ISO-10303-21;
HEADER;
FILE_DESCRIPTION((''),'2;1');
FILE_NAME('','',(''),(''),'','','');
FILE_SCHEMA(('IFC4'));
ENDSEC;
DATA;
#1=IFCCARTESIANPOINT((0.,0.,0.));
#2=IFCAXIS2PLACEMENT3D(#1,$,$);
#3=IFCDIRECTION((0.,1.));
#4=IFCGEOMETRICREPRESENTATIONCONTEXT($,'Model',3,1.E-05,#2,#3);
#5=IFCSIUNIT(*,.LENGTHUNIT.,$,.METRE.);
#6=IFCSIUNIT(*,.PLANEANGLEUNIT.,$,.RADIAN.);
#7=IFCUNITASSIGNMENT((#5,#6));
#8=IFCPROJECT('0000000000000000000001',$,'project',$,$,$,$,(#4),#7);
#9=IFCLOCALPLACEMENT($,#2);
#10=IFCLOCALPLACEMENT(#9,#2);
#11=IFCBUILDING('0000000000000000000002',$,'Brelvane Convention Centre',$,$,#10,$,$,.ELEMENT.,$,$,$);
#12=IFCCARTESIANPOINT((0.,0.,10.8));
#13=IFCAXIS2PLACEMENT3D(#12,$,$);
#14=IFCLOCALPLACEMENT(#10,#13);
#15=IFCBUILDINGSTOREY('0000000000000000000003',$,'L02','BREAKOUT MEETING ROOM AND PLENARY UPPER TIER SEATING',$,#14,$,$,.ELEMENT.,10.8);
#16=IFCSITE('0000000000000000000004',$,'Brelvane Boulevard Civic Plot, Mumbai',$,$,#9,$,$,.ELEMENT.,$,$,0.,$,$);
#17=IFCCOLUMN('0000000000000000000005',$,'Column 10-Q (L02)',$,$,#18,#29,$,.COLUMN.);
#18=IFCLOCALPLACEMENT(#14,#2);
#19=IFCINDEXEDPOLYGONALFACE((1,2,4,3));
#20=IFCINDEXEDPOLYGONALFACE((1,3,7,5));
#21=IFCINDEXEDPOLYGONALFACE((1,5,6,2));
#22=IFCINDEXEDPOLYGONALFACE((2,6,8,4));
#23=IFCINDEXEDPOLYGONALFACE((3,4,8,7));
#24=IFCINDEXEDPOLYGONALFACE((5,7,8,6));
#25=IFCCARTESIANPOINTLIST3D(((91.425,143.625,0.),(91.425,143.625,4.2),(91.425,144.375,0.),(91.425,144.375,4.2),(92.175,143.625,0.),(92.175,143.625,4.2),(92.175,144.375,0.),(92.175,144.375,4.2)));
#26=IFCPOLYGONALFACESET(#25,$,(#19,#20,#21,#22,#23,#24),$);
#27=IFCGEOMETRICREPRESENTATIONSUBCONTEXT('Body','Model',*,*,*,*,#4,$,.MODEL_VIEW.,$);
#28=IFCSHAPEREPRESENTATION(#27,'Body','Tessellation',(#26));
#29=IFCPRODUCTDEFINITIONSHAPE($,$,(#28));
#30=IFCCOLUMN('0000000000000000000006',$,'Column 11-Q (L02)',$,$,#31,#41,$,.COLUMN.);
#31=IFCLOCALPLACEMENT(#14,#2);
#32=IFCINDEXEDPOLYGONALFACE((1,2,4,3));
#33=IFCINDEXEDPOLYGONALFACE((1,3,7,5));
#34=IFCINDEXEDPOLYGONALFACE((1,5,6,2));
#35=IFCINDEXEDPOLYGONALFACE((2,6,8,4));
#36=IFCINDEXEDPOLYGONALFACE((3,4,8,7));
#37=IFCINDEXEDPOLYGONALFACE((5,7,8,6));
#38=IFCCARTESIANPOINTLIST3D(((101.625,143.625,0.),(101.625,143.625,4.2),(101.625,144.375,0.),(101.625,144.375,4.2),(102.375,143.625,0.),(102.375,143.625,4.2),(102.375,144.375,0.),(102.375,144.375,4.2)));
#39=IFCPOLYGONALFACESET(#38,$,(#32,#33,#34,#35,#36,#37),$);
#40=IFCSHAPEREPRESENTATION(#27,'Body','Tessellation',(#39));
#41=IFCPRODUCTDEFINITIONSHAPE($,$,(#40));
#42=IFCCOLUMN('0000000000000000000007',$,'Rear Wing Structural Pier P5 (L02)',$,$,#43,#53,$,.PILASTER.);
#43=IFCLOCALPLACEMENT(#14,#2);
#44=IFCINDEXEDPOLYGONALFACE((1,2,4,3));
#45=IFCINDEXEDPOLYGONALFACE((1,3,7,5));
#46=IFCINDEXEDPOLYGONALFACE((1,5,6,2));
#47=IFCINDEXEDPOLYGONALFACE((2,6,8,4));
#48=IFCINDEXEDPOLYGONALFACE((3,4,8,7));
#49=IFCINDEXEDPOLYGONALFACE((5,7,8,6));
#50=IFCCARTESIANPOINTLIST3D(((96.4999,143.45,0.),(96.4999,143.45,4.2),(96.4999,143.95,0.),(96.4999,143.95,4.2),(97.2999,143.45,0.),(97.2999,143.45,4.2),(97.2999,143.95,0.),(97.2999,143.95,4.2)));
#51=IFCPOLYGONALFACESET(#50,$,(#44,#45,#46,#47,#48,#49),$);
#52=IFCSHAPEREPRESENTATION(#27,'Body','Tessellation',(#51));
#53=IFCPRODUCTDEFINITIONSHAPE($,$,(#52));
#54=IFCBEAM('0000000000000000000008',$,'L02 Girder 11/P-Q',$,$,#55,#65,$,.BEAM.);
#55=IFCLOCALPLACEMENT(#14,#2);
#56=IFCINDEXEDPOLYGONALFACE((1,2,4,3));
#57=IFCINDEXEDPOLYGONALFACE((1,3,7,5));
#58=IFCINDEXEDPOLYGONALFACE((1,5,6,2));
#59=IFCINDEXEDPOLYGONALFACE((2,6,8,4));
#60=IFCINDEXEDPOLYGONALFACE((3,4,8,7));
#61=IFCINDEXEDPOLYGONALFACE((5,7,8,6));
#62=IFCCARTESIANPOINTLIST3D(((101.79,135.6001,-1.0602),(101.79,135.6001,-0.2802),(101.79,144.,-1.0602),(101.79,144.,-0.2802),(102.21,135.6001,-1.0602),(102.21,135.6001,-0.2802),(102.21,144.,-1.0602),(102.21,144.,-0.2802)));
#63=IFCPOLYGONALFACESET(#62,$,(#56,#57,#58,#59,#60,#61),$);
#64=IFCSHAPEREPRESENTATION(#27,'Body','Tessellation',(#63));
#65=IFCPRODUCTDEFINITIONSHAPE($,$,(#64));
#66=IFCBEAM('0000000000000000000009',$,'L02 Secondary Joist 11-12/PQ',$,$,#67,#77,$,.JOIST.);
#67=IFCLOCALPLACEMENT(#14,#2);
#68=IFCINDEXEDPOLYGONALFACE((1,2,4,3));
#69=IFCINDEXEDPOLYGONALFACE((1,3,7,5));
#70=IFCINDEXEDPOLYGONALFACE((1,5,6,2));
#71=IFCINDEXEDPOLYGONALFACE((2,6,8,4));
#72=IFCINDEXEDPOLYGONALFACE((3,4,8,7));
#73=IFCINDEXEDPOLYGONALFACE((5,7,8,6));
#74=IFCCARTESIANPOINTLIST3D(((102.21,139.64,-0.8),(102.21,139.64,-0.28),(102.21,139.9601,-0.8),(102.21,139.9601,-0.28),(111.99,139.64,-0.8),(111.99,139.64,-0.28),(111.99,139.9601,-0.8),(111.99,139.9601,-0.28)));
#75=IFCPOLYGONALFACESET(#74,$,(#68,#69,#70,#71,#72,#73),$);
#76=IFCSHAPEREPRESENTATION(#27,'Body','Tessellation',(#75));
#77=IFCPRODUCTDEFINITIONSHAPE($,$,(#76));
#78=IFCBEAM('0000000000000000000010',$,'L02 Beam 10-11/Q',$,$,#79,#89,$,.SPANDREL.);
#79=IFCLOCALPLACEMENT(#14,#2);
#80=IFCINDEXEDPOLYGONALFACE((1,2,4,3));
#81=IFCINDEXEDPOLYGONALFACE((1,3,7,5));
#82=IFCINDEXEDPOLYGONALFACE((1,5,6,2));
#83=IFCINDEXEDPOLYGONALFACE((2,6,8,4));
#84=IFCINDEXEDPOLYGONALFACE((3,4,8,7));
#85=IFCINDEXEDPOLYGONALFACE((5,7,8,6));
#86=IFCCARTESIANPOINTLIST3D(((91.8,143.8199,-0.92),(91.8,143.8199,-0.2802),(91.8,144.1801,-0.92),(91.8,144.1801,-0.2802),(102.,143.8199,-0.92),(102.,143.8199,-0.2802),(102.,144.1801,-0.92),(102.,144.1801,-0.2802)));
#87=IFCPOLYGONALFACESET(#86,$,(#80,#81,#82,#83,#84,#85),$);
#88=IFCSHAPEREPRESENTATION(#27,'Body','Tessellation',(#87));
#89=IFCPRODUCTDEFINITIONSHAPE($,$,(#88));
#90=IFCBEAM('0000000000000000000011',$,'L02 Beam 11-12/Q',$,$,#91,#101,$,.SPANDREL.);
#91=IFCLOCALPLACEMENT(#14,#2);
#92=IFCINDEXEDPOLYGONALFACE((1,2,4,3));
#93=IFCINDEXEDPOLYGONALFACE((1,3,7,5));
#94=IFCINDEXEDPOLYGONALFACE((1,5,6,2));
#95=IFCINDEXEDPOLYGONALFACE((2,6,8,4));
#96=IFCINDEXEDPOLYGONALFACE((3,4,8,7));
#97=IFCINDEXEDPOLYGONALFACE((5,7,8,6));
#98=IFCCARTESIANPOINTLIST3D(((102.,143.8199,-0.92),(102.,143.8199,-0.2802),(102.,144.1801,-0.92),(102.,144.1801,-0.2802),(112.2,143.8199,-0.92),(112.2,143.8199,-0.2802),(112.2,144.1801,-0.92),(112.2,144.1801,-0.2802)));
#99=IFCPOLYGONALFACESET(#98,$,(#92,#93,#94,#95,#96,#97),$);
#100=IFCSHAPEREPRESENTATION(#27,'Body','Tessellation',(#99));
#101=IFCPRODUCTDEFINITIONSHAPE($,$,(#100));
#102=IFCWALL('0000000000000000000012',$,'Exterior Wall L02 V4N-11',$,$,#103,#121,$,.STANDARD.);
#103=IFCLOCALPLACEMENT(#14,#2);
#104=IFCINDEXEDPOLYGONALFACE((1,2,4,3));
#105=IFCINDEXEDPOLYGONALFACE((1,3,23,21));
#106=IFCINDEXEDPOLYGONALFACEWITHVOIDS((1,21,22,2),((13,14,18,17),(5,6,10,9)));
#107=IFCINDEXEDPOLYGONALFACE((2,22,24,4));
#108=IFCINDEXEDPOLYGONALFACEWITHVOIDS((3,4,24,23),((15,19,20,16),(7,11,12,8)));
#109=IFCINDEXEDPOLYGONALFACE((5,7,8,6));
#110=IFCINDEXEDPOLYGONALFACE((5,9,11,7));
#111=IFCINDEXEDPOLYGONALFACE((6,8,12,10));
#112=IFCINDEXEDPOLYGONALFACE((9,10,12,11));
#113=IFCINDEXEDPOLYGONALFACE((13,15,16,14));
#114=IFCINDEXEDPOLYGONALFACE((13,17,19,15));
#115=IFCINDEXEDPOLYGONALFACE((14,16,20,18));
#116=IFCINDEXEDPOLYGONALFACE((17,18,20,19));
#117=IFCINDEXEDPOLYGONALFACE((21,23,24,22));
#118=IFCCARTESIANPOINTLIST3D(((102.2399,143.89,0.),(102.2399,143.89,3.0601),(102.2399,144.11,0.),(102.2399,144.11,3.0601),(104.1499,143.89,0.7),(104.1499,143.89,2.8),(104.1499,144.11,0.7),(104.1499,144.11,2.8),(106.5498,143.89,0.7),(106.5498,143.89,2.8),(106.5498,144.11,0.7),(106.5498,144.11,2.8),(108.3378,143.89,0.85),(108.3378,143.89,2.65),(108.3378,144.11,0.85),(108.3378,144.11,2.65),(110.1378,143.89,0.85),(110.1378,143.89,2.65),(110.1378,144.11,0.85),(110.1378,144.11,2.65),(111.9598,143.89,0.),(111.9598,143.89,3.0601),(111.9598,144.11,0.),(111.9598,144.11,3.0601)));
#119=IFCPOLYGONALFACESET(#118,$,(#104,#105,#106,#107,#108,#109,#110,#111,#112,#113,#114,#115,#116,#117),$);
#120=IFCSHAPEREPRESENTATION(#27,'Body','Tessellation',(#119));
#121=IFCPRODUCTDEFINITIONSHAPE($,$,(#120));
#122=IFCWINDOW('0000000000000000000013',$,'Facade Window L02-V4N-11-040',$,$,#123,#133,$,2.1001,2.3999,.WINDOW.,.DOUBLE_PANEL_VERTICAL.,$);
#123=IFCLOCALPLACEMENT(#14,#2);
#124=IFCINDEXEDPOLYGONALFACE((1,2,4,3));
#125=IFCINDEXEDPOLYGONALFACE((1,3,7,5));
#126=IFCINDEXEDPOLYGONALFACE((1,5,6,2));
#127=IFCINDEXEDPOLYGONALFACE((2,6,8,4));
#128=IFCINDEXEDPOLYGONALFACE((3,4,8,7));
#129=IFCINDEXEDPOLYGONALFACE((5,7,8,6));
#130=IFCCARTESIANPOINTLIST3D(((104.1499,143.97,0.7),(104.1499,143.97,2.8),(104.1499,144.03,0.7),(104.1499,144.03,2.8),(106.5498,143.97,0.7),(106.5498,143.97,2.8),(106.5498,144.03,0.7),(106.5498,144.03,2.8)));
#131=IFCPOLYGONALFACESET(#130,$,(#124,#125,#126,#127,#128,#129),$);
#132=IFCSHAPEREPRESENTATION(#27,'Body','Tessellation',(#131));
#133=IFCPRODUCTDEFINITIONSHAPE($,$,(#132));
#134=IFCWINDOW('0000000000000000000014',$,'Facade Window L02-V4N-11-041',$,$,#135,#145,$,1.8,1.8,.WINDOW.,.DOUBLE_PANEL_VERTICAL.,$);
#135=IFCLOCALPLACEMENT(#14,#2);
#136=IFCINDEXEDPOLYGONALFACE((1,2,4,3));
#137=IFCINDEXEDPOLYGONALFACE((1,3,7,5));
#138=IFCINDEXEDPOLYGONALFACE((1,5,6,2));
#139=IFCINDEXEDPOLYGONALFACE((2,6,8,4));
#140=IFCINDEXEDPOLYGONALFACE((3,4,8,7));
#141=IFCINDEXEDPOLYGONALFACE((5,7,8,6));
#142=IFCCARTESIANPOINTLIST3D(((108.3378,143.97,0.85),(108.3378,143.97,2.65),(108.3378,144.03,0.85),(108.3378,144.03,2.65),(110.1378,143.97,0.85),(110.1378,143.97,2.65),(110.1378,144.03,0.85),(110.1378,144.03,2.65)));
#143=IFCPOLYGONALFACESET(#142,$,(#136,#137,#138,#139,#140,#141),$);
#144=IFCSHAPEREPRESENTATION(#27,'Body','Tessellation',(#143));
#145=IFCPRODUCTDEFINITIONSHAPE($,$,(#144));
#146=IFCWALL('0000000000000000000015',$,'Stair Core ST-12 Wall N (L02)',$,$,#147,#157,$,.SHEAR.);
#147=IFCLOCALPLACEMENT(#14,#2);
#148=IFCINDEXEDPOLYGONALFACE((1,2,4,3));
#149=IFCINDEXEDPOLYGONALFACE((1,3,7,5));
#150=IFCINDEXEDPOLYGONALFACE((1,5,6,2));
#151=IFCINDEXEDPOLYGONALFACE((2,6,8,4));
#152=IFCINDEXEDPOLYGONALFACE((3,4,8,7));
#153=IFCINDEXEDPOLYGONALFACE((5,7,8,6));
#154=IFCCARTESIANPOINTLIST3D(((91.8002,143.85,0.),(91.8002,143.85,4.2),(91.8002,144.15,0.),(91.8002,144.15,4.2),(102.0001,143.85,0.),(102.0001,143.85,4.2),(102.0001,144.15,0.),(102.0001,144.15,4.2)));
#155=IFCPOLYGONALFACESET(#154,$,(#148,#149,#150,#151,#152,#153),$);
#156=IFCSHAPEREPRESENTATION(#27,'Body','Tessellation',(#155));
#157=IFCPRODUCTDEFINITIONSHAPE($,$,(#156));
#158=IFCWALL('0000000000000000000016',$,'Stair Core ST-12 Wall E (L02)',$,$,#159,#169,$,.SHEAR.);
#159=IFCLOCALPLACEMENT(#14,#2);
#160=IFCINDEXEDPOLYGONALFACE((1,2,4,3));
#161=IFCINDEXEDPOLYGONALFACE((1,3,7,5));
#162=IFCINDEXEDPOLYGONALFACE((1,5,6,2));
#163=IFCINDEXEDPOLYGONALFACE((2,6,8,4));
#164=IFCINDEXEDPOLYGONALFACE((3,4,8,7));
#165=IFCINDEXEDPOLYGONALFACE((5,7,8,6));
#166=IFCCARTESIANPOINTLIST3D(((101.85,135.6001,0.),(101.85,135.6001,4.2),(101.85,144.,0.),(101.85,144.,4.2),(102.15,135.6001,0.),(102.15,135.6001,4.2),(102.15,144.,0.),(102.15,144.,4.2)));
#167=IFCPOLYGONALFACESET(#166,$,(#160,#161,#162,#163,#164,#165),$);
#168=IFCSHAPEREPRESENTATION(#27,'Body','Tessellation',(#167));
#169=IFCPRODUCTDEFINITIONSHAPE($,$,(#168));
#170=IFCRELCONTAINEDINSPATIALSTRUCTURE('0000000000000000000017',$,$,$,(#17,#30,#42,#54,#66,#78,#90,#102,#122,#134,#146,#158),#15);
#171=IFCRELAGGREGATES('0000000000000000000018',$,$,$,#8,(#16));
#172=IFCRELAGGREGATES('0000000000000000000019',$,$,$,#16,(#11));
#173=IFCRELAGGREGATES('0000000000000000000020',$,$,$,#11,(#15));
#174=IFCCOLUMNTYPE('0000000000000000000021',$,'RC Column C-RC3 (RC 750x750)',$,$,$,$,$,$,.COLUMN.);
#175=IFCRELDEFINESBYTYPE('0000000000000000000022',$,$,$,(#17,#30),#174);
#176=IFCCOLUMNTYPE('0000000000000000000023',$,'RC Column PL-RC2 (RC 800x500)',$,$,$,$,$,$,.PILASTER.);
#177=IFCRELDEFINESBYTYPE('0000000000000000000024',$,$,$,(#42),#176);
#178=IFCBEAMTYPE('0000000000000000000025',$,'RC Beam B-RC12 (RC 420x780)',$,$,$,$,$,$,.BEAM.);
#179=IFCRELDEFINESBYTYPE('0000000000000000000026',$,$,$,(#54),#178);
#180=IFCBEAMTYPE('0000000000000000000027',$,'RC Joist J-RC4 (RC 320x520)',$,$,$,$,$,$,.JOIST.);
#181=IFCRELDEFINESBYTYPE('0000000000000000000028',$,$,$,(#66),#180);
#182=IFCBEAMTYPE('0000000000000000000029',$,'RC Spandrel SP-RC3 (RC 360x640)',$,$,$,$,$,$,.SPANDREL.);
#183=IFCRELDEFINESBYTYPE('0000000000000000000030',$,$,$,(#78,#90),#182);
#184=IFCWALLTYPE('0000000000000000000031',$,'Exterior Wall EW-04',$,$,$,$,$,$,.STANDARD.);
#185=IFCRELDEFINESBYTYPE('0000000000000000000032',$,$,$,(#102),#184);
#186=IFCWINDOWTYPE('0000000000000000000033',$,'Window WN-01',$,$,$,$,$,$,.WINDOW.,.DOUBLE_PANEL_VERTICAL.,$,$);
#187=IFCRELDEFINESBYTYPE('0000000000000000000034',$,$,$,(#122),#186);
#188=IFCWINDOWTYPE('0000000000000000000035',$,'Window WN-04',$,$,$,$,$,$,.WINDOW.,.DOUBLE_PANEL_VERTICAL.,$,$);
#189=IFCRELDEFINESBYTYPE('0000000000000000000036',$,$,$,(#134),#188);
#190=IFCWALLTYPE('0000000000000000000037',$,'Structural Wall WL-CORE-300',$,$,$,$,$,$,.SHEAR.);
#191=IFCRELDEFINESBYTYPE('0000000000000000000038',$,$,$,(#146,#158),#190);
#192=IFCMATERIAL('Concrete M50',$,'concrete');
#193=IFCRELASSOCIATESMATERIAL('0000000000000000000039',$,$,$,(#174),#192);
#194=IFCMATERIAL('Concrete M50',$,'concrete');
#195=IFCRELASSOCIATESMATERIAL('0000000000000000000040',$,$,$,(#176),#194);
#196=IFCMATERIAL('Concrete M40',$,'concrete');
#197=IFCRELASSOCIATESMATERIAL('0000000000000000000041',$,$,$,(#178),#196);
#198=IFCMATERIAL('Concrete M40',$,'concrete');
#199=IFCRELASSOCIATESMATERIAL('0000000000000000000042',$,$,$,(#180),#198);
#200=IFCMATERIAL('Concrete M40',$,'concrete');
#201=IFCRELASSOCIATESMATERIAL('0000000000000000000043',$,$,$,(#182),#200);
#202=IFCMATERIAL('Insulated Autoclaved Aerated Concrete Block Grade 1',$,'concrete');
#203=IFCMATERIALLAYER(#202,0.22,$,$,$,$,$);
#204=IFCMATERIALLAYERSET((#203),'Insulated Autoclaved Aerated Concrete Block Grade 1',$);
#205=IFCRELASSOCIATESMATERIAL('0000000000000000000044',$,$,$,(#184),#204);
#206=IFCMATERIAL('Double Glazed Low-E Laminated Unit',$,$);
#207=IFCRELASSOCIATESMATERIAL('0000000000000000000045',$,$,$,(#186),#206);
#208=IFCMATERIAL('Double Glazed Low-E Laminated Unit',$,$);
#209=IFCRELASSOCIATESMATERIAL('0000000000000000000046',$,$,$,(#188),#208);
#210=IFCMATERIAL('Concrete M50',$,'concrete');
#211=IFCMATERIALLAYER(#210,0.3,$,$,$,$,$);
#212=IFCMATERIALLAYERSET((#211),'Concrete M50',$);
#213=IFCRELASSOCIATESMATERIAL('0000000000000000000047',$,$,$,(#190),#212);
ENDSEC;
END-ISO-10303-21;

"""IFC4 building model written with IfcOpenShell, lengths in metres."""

from ifc_helpers import new_model, si_unit, direction, frame, frame_2d, origin, origin_2d, place, context, subcontext, project, spatial, rectangle, extrude, material, layer, layer_set, material_profile, profile_set, type_object, element, fill, save


model = new_model("IFC4")

# Units and contexts
model_context = context("Model", 3, precision=1e-05, world=origin(), true_north=direction((0.0, 1.0)))
body_context = subcontext(model_context, "Body", "Model", "MODEL_VIEW")
ifc_project = project(units=[si_unit("LENGTHUNIT", "METRE"), si_unit("PLANEANGLEUNIT", "RADIAN")], contexts=[model_context])

# Site, building, storey
site_placement = place(None, origin())
site = spatial("IfcSite", under=ifc_project, at=site_placement, Name="Brelvane Boulevard Civic Plot, Mumbai", CompositionType="ELEMENT", RefElevation=0.0)
building_placement = place(site_placement, origin())
building = spatial("IfcBuilding", under=site, at=building_placement, Name="Brelvane Convention Centre", CompositionType="ELEMENT")
storey_placement = place(building_placement, frame((0.0, 0.0, 10.8)))
storey = spatial("IfcBuildingStorey", under=building, at=storey_placement, Name="L02", Description="BREAKOUT MEETING ROOM AND PLENARY UPPER TIER SEATING", CompositionType="ELEMENT", Elevation=10.8)

# Columns
ifc_material_1 = material(Name="Concrete M50", Category="concrete")
ifc_material_profile_1 = material_profile(ifc_material_1, rectangle(XDim=0.75, YDim=0.75, at=origin_2d()), Name="RC 750x750")
ifc_profile_set_1 = profile_set([ifc_material_profile_1], Name="Concrete M50")
column_type_1 = type_object("IfcColumnType", Name="RC Column C-RC3 (RC 750x750)", PredefinedType="COLUMN", material=ifc_profile_set_1)
for number, where, z_axis, x_axis, name in (
    (1, (91.8, 144.0, 0.0), (0.0, 0.0, 1.0), (1.0, 0.0, 0.0), "Column 10-Q (L02)"),
    (2, (102.0, 144.0, 0.0), (0.0, 0.0, 1.0), (1.0, 0.0, 0.0), "Column 11-Q (L02)"),
):
    element("IfcColumn", number, at=place(storey_placement, frame(where, z_axis=z_axis, x_axis=x_axis)), inside=storey, type_object=column_type_1, Name=name, PredefinedType="COLUMN", context=body_context, shape_type="SweptSolid", body=[
        extrude(rectangle(XDim=0.75, YDim=0.75, at=origin_2d()), origin(), (0.0, 0.0, 1.0), 4.2),
    ])
ifc_material_2 = material(Name="Concrete M50", Category="concrete")
ifc_material_profile_2 = material_profile(ifc_material_2, rectangle(XDim=0.8, YDim=0.5, at=origin_2d()), Name="RC 800x500")
ifc_profile_set_2 = profile_set([ifc_material_profile_2], Name="Concrete M50")
column_type_2 = type_object("IfcColumnType", Name="RC Column PL-RC2 (RC 800x500)", PredefinedType="PILASTER", material=ifc_profile_set_2)
column_placement = place(storey_placement, frame((96.8999, 143.7, 0.0), z_axis=(0.0, 0.0, 1.0), x_axis=(1.0, 0.0, 0.0)))
element("IfcColumn", 3, at=column_placement, inside=storey, type_object=column_type_2, Name="Rear Wing Structural Pier P5 (L02)", PredefinedType="PILASTER", context=body_context, shape_type="SweptSolid", body=[
    extrude(rectangle(XDim=0.8, YDim=0.5, at=origin_2d()), origin(), (0.0, 0.0, 1.0), 4.2),
])

# Beams
ifc_material_3 = material(Name="Concrete M40", Category="concrete")
ifc_material_profile_3 = material_profile(ifc_material_3, rectangle(XDim=0.4199, YDim=0.78, at=origin_2d()), Name="RC 420x780")
ifc_profile_set_3 = profile_set([ifc_material_profile_3], Name="Concrete M40")
beam_type_1 = type_object("IfcBeamType", Name="RC Beam B-RC12 (RC 420x780)", PredefinedType="BEAM", material=ifc_profile_set_3)
beam_1_placement = place(storey_placement, frame((102.0, 135.6001, -0.6702), z_axis=(0.0, 1.0, 0.0), x_axis=(-1.0, 0.0, 0.0)))
element("IfcBeam", 4, at=beam_1_placement, inside=storey, type_object=beam_type_1, Name="L02 Girder 11/P-Q", PredefinedType="BEAM", context=body_context, shape_type="SweptSolid", body=[
    extrude(rectangle(XDim=0.4199, YDim=0.78, at=origin_2d()), origin(), (0.0, 0.0, 1.0), 8.3999),
])
ifc_material_4 = material(Name="Concrete M40", Category="concrete")
ifc_material_profile_4 = material_profile(ifc_material_4, rectangle(XDim=0.3201, YDim=0.52, at=origin_2d()), Name="RC 320x520")
ifc_profile_set_4 = profile_set([ifc_material_profile_4], Name="Concrete M40")
beam_type_2 = type_object("IfcBeamType", Name="RC Joist J-RC4 (RC 320x520)", PredefinedType="JOIST", material=ifc_profile_set_4)
beam_2_placement = place(storey_placement, frame((102.21, 139.8, -0.54), z_axis=(1.0, 0.0, 0.0), x_axis=(0.0, 1.0, 0.0)))
element("IfcBeam", 5, at=beam_2_placement, inside=storey, type_object=beam_type_2, Name="L02 Secondary Joist 11-12/PQ", PredefinedType="JOIST", context=body_context, shape_type="SweptSolid", body=[
    extrude(rectangle(XDim=0.3201, YDim=0.52, at=origin_2d()), origin(), (0.0, 0.0, 1.0), 9.78),
])
ifc_material_5 = material(Name="Concrete M40", Category="concrete")
ifc_material_profile_5 = material_profile(ifc_material_5, rectangle(XDim=0.3601, YDim=0.6399, at=origin_2d()), Name="RC 360x640")
ifc_profile_set_5 = profile_set([ifc_material_profile_5], Name="Concrete M40")
beam_type_3 = type_object("IfcBeamType", Name="RC Spandrel SP-RC3 (RC 360x640)", PredefinedType="SPANDREL", material=ifc_profile_set_5)
for number, where, z_axis, x_axis, name in (
    (6, (91.8, 144.0, -0.6001), (1.0, 0.0, 0.0), (0.0, 1.0, 0.0), "L02 Beam 10-11/Q"),
    (7, (102.0, 144.0, -0.6001), (1.0, 0.0, 0.0), (0.0, 1.0, 0.0), "L02 Beam 11-12/Q"),
):
    element("IfcBeam", number, at=place(storey_placement, frame(where, z_axis=z_axis, x_axis=x_axis)), inside=storey, type_object=beam_type_3, Name=name, PredefinedType="SPANDREL", context=body_context, shape_type="SweptSolid", body=[
        extrude(rectangle(XDim=0.3601, YDim=0.6399, at=origin_2d()), origin(), (0.0, 0.0, 1.0), 10.2),
    ])

# Wall, openings, windows
ifc_material_6 = material(Name="Insulated Autoclaved Aerated Concrete Block Grade 1", Category="concrete")
ifc_layer_1 = layer(ifc_material_6, 0.22)
ifc_layer_set_1 = layer_set([ifc_layer_1], Name="Insulated Autoclaved Aerated Concrete Block Grade 1")
wall_type_1 = type_object("IfcWallType", Name="Exterior Wall EW-04", PredefinedType="STANDARD", material=ifc_layer_set_1)
wall_1_placement = place(storey_placement, frame((102.24, 144.0, 0.0), z_axis=(0.0, 0.0, 1.0), x_axis=(1.0, 0.0, 0.0)))
wall_1 = element("IfcWall", 8, at=wall_1_placement, inside=storey, type_object=wall_type_1, Name="Exterior Wall L02 V4N-11", PredefinedType="STANDARD", context=body_context, shape_type="SweptSolid", body=[
    extrude(rectangle(XDim=9.72, YDim=0.22, at=frame_2d((4.8599, 0.0))), origin(), (0.0, 0.0, 1.0), 3.0601),
])
opening_1_placement = place(wall_1_placement, frame((1.9099, 0.0, 0.7)))
opening_1 = element("IfcOpeningElement", 9, at=opening_1_placement, cuts=wall_1, PredefinedType="OPENING", context=body_context, shape_type="SweptSolid", body=[
    extrude(rectangle(XDim=2.3999, YDim=2.1001, at=frame_2d((1.2, 1.05))), frame((0.0, 0.1199, 0.0), z_axis=(0.0, -1.0, 0.0), x_axis=(1.0, 0.0, 0.0)), (0.0, 0.0, 1.0), 0.24),
])
opening_2_placement = place(wall_1_placement, frame((6.0979, 0.0, 0.8501)))
opening_2 = element("IfcOpeningElement", 10, at=opening_2_placement, cuts=wall_1, PredefinedType="OPENING", context=body_context, shape_type="SweptSolid", body=[
    extrude(rectangle(XDim=1.8, YDim=1.8, at=frame_2d((0.8999, 0.8999))), frame((0.0, 0.1199, 0.0), z_axis=(0.0, -1.0, 0.0), x_axis=(1.0, 0.0, 0.0)), (0.0, 0.0, 1.0), 0.24),
])
ifc_material_7 = material(Name="Double Glazed Low-E Laminated Unit")
window_type_1 = type_object("IfcWindowType", Name="Window WN-01", PartitioningType="DOUBLE_PANEL_VERTICAL", PredefinedType="WINDOW", material=ifc_material_7)
window_1_placement = place(opening_1_placement, origin())
window_1 = element("IfcWindow", 11, at=window_1_placement, inside=storey, type_object=window_type_1, Name="Facade Window L02-V4N-11-040", OverallHeight=2.1001, OverallWidth=2.3999, PartitioningType="DOUBLE_PANEL_VERTICAL", PredefinedType="WINDOW", context=body_context, shape_type="SweptSolid", body=[
    extrude(rectangle(XDim=2.3999, YDim=2.1001, at=frame_2d((1.2, 1.05))), frame((0.0, 0.03, 0.0), z_axis=(0.0, -1.0, 0.0), x_axis=(1.0, 0.0, 0.0)), (0.0, 0.0, 1.0), 0.0601),
])
fill(opening_1, window_1)
ifc_material_8 = material(Name="Double Glazed Low-E Laminated Unit")
window_type_2 = type_object("IfcWindowType", Name="Window WN-04", PartitioningType="DOUBLE_PANEL_VERTICAL", PredefinedType="WINDOW", material=ifc_material_8)
window_2_placement = place(opening_2_placement, origin())
window_2 = element("IfcWindow", 12, at=window_2_placement, inside=storey, type_object=window_type_2, Name="Facade Window L02-V4N-11-041", OverallHeight=1.8, OverallWidth=1.8, PartitioningType="DOUBLE_PANEL_VERTICAL", PredefinedType="WINDOW", context=body_context, shape_type="SweptSolid", body=[
    extrude(rectangle(XDim=1.8, YDim=1.8, at=frame_2d((0.8999, 0.8999))), frame((0.0, 0.03, 0.0), z_axis=(0.0, -1.0, 0.0), x_axis=(1.0, 0.0, 0.0)), (0.0, 0.0, 1.0), 0.0601),
])
fill(opening_2, window_2)

# Walls
ifc_material_9 = material(Name="Concrete M50", Category="concrete")
ifc_layer_2 = layer(ifc_material_9, 0.3)
ifc_layer_set_2 = layer_set([ifc_layer_2], Name="Concrete M50")
wall_type_2 = type_object("IfcWallType", Name="Structural Wall WL-CORE-300", PredefinedType="SHEAR", material=ifc_layer_set_2)
wall_2_placement = place(storey_placement, frame((91.8, 144.0, 0.0), z_axis=(0.0, 0.0, 1.0), x_axis=(1.0, 0.0, 0.0)))
element("IfcWall", 13, at=wall_2_placement, inside=storey, type_object=wall_type_2, Name="Stair Core ST-12 Wall N (L02)", PredefinedType="SHEAR", context=body_context, shape_type="SweptSolid", body=[
    extrude(rectangle(XDim=10.2, YDim=0.3, at=frame_2d((5.1001, 0.0))), origin(), (0.0, 0.0, 1.0), 4.2),
])
wall_3_placement = place(storey_placement, frame((102.0, 135.6001, 0.0), z_axis=(0.0, 0.0, 1.0), x_axis=(0.0, 1.0, 0.0)))
element("IfcWall", 14, at=wall_3_placement, inside=storey, type_object=wall_type_2, Name="Stair Core ST-12 Wall E (L02)", PredefinedType="SHEAR", context=body_context, shape_type="SweptSolid", body=[
    extrude(rectangle(XDim=8.3999, YDim=0.3, at=frame_2d((4.2, 0.0))), origin(), (0.0, 0.0, 1.0), 4.2),
])

save(model, "model.ifc")
